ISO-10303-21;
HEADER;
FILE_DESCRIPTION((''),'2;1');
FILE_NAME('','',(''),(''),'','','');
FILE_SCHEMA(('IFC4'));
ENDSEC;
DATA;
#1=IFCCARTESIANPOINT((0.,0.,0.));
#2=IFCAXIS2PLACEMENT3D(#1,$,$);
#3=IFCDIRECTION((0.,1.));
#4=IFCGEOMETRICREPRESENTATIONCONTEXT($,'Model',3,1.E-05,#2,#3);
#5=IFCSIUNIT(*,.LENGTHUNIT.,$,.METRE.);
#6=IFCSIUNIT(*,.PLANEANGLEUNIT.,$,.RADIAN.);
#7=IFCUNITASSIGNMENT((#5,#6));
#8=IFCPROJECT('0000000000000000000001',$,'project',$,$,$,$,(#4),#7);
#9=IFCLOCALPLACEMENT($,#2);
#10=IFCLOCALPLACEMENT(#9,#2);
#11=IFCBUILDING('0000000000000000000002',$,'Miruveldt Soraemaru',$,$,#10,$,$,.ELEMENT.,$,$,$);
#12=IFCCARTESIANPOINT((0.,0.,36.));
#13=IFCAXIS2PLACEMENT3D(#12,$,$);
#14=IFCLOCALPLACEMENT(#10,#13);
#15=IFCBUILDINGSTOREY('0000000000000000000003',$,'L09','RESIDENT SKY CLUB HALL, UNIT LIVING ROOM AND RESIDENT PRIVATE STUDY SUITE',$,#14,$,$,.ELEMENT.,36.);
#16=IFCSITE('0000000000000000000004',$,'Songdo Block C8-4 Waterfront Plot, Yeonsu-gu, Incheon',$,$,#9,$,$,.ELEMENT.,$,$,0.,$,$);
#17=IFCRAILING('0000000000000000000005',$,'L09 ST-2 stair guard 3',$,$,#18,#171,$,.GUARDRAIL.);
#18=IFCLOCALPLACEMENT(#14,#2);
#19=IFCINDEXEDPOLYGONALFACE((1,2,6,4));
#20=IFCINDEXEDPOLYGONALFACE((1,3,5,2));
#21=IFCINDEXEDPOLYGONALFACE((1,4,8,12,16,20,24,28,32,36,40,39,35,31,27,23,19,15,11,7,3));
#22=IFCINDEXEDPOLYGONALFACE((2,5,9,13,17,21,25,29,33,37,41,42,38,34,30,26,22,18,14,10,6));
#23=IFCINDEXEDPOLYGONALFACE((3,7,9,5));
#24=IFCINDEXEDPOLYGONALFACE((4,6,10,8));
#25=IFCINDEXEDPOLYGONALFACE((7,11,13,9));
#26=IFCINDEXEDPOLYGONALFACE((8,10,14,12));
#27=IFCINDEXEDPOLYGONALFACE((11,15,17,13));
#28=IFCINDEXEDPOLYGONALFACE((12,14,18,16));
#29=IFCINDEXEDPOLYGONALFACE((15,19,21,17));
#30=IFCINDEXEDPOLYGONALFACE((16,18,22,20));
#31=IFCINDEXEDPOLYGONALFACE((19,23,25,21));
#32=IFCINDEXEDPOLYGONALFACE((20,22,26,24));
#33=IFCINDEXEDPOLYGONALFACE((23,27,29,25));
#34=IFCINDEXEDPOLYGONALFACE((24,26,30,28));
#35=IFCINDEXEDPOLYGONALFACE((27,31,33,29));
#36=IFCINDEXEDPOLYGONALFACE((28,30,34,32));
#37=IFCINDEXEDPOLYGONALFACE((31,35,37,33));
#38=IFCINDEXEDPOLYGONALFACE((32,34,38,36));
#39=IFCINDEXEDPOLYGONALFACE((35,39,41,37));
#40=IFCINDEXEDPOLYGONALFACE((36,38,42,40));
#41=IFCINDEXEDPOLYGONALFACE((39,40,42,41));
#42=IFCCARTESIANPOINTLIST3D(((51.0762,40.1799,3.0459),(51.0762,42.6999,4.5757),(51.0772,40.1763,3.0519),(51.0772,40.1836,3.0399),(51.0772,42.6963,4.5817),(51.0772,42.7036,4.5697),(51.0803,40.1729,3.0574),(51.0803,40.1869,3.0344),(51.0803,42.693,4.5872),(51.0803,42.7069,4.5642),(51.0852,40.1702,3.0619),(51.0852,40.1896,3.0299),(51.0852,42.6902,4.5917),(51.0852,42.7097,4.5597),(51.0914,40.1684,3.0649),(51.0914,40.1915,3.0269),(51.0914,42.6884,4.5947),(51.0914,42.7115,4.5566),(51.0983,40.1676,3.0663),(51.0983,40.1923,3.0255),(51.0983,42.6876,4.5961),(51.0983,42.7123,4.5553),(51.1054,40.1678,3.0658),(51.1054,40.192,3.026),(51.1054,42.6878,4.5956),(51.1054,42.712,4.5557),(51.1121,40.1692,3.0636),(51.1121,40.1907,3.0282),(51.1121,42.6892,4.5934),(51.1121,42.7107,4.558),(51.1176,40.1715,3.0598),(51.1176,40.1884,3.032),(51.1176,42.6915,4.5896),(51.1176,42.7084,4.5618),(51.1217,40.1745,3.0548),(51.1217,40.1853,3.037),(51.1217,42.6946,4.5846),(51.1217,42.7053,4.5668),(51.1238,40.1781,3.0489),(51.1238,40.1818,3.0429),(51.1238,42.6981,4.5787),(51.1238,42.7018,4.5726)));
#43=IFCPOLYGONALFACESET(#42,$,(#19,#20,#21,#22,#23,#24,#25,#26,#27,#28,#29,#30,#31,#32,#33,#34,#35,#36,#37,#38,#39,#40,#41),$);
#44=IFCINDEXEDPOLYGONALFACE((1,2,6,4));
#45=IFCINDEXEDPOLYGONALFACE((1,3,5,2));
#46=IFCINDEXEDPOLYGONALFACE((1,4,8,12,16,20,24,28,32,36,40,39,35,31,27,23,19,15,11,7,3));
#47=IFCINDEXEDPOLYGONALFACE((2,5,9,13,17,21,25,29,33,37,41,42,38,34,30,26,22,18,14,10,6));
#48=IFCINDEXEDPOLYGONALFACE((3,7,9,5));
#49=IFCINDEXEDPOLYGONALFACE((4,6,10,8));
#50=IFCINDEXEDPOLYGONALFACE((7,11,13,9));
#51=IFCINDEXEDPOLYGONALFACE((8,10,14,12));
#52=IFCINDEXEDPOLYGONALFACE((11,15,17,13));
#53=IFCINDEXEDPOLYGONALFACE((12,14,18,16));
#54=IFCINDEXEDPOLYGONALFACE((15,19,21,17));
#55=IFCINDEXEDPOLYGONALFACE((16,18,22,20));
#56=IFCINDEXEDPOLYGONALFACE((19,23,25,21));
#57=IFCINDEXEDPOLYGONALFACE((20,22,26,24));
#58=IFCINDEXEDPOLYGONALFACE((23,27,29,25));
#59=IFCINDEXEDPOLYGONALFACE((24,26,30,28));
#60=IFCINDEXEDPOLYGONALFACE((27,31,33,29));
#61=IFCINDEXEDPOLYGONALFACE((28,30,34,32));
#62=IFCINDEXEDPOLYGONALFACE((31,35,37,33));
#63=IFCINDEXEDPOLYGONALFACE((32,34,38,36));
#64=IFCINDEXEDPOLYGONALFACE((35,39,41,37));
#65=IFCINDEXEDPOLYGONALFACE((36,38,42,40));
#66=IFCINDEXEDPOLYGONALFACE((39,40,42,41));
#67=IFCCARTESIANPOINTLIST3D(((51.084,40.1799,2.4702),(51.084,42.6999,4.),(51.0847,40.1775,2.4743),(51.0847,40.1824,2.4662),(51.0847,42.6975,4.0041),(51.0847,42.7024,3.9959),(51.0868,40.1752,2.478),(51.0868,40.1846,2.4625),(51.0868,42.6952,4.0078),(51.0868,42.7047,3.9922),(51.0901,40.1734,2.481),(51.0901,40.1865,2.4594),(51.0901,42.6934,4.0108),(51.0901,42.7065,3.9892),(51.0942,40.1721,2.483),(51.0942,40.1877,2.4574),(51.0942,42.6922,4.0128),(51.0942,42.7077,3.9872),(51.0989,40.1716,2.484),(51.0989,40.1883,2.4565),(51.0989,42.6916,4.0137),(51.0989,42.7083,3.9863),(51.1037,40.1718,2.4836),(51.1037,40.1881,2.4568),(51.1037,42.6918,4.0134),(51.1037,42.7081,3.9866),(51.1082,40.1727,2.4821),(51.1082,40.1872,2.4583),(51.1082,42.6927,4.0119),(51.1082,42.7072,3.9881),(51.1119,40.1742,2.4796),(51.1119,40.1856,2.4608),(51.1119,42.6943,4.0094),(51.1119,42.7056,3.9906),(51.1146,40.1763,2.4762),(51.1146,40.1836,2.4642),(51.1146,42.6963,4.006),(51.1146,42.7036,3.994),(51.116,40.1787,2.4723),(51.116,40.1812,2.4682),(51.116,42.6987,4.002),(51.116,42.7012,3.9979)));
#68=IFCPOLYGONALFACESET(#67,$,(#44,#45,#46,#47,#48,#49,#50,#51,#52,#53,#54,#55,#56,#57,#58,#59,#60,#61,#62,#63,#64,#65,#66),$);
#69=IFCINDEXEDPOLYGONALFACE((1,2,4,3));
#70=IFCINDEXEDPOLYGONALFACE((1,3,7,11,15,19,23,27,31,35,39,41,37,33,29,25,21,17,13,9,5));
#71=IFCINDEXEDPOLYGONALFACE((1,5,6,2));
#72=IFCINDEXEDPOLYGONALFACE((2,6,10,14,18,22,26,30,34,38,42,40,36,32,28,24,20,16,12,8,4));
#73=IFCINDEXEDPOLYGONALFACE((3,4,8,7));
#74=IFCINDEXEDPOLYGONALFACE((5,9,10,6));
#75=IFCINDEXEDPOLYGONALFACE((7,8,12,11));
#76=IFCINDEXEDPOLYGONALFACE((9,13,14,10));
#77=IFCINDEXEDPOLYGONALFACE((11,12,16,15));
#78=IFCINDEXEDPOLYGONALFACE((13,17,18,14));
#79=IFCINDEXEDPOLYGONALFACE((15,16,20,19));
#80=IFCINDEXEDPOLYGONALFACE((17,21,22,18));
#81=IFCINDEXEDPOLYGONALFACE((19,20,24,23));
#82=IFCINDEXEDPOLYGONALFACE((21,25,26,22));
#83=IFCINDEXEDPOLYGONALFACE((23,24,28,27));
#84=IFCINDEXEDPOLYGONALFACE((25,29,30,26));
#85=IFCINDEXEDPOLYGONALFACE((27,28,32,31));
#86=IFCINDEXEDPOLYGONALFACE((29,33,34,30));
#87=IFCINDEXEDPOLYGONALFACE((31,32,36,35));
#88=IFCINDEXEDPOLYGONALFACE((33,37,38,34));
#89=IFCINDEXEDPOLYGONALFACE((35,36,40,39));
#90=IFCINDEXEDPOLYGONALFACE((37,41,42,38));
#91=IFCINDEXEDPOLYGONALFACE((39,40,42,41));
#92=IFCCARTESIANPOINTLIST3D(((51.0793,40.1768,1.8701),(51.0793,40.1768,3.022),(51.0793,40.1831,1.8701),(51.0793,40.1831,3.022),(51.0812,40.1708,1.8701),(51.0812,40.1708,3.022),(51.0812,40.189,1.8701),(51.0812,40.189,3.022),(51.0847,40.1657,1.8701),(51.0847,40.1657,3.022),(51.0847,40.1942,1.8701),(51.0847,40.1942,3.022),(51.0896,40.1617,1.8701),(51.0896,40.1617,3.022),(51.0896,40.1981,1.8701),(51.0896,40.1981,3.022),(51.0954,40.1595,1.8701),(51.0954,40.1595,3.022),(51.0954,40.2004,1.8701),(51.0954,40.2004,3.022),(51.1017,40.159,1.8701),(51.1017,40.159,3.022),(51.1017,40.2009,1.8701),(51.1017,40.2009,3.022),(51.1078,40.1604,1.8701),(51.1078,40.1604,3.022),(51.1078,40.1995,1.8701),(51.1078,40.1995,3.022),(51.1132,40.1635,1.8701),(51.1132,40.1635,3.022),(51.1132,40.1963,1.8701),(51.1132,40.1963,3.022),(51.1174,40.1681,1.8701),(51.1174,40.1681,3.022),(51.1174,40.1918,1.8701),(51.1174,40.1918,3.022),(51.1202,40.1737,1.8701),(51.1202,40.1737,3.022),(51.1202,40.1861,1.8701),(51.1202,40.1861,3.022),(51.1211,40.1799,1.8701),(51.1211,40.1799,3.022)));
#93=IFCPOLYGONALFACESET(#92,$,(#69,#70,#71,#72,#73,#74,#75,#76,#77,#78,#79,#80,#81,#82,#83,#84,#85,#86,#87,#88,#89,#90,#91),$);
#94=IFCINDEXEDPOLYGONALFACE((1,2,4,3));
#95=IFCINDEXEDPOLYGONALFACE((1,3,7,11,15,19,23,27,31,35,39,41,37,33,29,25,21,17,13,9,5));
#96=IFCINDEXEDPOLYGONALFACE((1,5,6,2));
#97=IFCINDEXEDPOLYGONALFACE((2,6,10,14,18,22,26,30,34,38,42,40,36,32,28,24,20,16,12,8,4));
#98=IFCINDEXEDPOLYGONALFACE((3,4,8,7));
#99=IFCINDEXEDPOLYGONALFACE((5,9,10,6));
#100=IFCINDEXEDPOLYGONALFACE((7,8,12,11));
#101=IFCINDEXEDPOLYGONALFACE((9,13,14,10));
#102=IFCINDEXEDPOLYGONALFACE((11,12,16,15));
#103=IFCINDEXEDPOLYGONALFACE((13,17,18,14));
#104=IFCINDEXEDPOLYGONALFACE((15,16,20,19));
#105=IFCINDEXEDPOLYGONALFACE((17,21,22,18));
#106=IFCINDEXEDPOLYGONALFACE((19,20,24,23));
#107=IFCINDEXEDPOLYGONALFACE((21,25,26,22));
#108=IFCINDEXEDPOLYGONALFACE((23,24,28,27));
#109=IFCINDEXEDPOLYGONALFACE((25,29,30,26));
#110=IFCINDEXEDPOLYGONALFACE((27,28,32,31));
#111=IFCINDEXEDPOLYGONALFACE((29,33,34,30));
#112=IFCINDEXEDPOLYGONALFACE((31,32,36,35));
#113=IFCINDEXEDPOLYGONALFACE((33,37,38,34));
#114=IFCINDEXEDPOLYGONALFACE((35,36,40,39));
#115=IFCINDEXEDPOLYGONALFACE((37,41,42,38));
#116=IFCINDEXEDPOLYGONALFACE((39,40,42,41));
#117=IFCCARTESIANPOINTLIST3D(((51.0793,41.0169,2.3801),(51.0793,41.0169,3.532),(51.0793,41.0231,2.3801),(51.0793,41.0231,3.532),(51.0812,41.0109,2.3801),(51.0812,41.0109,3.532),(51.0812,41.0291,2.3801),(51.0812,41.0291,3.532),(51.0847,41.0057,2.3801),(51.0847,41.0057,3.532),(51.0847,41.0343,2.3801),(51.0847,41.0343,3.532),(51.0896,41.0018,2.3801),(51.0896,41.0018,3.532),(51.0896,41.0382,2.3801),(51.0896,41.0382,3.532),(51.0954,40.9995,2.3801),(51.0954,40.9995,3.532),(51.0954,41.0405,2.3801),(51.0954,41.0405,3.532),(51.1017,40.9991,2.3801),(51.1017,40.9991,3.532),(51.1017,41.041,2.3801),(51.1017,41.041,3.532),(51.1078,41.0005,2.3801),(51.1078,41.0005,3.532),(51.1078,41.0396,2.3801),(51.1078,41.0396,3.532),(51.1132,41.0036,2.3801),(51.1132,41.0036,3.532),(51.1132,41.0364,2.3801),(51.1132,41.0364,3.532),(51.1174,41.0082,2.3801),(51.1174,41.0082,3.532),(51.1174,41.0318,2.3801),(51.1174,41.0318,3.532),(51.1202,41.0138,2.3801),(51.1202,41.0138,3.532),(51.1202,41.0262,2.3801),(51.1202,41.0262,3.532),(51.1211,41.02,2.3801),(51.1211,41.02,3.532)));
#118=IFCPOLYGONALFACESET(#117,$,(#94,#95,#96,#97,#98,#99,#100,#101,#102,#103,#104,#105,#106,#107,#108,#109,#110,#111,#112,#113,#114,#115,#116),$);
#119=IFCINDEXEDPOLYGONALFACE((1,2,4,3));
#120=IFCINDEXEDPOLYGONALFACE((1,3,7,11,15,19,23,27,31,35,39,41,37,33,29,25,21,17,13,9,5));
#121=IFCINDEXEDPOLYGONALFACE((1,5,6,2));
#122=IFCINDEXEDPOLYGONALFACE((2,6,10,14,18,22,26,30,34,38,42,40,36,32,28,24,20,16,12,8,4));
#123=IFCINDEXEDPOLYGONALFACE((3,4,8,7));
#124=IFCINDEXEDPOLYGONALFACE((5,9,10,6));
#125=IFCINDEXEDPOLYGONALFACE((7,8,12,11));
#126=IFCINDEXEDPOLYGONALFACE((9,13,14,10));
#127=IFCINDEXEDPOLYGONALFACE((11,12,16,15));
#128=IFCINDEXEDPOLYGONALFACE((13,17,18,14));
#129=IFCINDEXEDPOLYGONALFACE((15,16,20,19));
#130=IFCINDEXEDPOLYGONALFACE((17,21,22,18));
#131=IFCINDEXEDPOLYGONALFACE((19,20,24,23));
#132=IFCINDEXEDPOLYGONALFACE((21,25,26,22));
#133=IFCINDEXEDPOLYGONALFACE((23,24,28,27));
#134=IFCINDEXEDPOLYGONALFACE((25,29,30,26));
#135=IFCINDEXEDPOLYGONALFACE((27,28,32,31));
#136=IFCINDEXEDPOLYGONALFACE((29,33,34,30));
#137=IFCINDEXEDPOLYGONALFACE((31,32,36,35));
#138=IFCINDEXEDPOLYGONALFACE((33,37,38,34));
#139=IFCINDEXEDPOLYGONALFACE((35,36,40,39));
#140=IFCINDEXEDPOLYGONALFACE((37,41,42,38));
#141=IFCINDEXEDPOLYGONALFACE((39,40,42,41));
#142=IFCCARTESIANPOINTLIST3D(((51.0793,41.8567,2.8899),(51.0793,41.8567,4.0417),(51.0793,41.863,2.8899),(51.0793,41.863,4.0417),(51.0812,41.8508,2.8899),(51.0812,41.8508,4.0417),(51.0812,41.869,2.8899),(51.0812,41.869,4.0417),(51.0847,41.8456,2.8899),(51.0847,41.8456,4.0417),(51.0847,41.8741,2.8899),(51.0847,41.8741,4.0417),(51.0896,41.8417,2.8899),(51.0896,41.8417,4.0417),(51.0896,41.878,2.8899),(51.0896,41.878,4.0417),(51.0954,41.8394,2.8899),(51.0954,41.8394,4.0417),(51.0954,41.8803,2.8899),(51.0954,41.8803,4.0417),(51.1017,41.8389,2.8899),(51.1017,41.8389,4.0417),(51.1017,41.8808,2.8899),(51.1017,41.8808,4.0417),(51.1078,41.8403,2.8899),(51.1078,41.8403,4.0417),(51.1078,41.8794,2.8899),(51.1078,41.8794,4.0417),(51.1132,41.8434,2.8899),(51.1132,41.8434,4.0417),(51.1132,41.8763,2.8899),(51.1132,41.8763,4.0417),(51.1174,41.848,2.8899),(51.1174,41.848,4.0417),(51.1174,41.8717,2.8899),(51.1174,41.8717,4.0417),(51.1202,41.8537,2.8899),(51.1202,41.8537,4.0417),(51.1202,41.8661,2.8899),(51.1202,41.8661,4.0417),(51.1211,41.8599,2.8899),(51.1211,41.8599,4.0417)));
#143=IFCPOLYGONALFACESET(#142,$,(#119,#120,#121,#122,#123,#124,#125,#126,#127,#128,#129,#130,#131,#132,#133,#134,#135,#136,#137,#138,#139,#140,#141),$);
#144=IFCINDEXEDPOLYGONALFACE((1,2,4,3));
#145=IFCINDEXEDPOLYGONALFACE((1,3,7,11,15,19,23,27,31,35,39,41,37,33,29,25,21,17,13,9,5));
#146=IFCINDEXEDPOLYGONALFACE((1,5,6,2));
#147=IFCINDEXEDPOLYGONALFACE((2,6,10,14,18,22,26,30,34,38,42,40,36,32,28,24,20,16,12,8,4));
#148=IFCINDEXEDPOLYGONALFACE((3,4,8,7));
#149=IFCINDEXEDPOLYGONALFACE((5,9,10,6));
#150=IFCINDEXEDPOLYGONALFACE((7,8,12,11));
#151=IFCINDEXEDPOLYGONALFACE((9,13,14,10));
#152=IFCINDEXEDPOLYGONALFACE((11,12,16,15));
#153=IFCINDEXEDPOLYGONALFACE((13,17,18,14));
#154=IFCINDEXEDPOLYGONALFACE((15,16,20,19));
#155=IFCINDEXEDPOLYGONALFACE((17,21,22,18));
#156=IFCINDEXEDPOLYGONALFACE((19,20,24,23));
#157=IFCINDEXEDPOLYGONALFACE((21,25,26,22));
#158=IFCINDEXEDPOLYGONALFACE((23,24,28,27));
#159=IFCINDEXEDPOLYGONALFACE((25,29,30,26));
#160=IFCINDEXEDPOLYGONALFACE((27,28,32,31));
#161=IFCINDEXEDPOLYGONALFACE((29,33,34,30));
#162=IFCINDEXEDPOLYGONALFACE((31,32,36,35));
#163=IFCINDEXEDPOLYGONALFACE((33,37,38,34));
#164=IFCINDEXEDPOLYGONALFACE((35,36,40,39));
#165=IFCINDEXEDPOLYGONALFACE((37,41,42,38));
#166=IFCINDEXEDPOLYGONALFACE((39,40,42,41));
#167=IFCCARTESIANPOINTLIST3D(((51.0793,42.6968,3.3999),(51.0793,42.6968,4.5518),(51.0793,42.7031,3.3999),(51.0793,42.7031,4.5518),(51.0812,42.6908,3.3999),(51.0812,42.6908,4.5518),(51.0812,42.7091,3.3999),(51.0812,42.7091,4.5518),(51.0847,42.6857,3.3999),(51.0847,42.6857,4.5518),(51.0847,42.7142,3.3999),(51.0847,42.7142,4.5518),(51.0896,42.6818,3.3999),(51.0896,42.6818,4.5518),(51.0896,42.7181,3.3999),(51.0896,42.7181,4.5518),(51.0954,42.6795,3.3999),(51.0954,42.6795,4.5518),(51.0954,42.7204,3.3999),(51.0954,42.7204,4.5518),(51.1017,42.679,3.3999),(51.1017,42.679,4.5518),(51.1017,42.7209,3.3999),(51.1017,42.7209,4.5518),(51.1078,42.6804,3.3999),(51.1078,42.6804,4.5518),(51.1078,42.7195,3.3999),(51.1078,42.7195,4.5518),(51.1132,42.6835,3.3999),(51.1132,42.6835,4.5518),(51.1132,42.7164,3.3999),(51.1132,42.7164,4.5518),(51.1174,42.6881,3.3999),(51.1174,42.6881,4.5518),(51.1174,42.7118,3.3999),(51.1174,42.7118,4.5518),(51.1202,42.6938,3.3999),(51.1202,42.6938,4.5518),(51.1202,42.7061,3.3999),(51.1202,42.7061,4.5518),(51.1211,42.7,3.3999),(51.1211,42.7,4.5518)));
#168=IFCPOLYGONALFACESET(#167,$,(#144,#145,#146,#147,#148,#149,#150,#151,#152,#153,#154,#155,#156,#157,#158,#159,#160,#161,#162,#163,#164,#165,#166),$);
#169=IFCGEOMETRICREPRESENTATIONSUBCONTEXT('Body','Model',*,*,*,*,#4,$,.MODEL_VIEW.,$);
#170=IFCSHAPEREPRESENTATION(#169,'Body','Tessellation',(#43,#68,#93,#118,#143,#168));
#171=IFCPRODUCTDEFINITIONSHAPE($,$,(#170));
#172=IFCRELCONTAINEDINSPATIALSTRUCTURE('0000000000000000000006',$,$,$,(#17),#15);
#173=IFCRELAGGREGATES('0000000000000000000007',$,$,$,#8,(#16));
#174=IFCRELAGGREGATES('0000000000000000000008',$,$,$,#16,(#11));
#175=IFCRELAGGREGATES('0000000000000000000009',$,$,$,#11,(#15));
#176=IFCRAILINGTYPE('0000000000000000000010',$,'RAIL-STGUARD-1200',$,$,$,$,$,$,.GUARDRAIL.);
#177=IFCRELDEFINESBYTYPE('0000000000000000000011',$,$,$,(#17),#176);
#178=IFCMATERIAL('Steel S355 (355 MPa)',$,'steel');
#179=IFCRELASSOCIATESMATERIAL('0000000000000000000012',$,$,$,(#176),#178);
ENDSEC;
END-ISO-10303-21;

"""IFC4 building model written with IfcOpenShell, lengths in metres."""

from ifc_helpers import new_model, si_unit, direction, frame, origin, origin_2d, place, context, subcontext, project, spatial, circle, extrude, material, type_object, element, save


model = new_model("IFC4")

# Units and contexts
model_context = context("Model", 3, precision=1e-05, world=origin(), true_north=direction((0.0, 1.0)))
body_context = subcontext(model_context, "Body", "Model", "MODEL_VIEW")
ifc_project = project(units=[si_unit("LENGTHUNIT", "METRE"), si_unit("PLANEANGLEUNIT", "RADIAN")], contexts=[model_context])

# Site, building, storey
site_placement = place(None, origin())
site = spatial("IfcSite", under=ifc_project, at=site_placement, Name="Songdo Block C8-4 Waterfront Plot, Yeonsu-gu, Incheon", CompositionType="ELEMENT", RefElevation=0.0)
building_placement = place(site_placement, origin())
building = spatial("IfcBuilding", under=site, at=building_placement, Name="Miruveldt Soraemaru", CompositionType="ELEMENT")
storey_placement = place(building_placement, frame((0.0, 0.0, 36.0)))
storey = spatial("IfcBuildingStorey", under=building, at=storey_placement, Name="L09", Description="RESIDENT SKY CLUB HALL, UNIT LIVING ROOM AND RESIDENT PRIVATE STUDY SUITE", CompositionType="ELEMENT", Elevation=36.0)

# Railing
ifc_material_1 = material(Name="Steel S355 (355 MPa)", Category="steel")
railing_type_1 = type_object("IfcRailingType", Name="RAIL-STGUARD-1200", PredefinedType="GUARDRAIL", material=ifc_material_1)
railing_1_placement = place(storey_placement, frame((51.1001, 40.1799, 1.8701)))
element("IfcRailing", 1, at=railing_1_placement, inside=storey, type_object=railing_type_1, Name="L09 ST-2 stair guard 3", PredefinedType="GUARDRAIL", context=body_context, shape_type="SweptSolid", body=[
    extrude(circle(Radius=0.0239, at=origin_2d()), frame((0.0, 0.0, 1.1758), z_axis=(0.0, 0.854822, 0.518922), x_axis=(-1.0, 0.0, 0.0)), (0.0, 0.0, 1.0), 2.948),
    extrude(circle(Radius=0.0161, at=origin_2d()), frame((0.0, 0.0, 0.6001), z_axis=(0.0, 0.854822, 0.518922), x_axis=(-1.0, 0.0, 0.0)), (0.0, 0.0, 1.0), 2.948),
    extrude(circle(Radius=0.021, at=origin_2d()), origin(), (0.0, 0.0, 1.0), 1.1519),
    extrude(circle(Radius=0.021, at=origin_2d()), frame((0.0, 0.8401, 0.51)), (0.0, 0.0, 1.0), 1.1519),
    extrude(circle(Radius=0.021, at=origin_2d()), frame((0.0, 1.6799, 1.0198)), (0.0, 0.0, 1.0), 1.1519),
    extrude(circle(Radius=0.021, at=origin_2d()), frame((0.0, 2.52, 1.5298)), (0.0, 0.0, 1.0), 1.1519),
])

save(model, "model.ifc")
